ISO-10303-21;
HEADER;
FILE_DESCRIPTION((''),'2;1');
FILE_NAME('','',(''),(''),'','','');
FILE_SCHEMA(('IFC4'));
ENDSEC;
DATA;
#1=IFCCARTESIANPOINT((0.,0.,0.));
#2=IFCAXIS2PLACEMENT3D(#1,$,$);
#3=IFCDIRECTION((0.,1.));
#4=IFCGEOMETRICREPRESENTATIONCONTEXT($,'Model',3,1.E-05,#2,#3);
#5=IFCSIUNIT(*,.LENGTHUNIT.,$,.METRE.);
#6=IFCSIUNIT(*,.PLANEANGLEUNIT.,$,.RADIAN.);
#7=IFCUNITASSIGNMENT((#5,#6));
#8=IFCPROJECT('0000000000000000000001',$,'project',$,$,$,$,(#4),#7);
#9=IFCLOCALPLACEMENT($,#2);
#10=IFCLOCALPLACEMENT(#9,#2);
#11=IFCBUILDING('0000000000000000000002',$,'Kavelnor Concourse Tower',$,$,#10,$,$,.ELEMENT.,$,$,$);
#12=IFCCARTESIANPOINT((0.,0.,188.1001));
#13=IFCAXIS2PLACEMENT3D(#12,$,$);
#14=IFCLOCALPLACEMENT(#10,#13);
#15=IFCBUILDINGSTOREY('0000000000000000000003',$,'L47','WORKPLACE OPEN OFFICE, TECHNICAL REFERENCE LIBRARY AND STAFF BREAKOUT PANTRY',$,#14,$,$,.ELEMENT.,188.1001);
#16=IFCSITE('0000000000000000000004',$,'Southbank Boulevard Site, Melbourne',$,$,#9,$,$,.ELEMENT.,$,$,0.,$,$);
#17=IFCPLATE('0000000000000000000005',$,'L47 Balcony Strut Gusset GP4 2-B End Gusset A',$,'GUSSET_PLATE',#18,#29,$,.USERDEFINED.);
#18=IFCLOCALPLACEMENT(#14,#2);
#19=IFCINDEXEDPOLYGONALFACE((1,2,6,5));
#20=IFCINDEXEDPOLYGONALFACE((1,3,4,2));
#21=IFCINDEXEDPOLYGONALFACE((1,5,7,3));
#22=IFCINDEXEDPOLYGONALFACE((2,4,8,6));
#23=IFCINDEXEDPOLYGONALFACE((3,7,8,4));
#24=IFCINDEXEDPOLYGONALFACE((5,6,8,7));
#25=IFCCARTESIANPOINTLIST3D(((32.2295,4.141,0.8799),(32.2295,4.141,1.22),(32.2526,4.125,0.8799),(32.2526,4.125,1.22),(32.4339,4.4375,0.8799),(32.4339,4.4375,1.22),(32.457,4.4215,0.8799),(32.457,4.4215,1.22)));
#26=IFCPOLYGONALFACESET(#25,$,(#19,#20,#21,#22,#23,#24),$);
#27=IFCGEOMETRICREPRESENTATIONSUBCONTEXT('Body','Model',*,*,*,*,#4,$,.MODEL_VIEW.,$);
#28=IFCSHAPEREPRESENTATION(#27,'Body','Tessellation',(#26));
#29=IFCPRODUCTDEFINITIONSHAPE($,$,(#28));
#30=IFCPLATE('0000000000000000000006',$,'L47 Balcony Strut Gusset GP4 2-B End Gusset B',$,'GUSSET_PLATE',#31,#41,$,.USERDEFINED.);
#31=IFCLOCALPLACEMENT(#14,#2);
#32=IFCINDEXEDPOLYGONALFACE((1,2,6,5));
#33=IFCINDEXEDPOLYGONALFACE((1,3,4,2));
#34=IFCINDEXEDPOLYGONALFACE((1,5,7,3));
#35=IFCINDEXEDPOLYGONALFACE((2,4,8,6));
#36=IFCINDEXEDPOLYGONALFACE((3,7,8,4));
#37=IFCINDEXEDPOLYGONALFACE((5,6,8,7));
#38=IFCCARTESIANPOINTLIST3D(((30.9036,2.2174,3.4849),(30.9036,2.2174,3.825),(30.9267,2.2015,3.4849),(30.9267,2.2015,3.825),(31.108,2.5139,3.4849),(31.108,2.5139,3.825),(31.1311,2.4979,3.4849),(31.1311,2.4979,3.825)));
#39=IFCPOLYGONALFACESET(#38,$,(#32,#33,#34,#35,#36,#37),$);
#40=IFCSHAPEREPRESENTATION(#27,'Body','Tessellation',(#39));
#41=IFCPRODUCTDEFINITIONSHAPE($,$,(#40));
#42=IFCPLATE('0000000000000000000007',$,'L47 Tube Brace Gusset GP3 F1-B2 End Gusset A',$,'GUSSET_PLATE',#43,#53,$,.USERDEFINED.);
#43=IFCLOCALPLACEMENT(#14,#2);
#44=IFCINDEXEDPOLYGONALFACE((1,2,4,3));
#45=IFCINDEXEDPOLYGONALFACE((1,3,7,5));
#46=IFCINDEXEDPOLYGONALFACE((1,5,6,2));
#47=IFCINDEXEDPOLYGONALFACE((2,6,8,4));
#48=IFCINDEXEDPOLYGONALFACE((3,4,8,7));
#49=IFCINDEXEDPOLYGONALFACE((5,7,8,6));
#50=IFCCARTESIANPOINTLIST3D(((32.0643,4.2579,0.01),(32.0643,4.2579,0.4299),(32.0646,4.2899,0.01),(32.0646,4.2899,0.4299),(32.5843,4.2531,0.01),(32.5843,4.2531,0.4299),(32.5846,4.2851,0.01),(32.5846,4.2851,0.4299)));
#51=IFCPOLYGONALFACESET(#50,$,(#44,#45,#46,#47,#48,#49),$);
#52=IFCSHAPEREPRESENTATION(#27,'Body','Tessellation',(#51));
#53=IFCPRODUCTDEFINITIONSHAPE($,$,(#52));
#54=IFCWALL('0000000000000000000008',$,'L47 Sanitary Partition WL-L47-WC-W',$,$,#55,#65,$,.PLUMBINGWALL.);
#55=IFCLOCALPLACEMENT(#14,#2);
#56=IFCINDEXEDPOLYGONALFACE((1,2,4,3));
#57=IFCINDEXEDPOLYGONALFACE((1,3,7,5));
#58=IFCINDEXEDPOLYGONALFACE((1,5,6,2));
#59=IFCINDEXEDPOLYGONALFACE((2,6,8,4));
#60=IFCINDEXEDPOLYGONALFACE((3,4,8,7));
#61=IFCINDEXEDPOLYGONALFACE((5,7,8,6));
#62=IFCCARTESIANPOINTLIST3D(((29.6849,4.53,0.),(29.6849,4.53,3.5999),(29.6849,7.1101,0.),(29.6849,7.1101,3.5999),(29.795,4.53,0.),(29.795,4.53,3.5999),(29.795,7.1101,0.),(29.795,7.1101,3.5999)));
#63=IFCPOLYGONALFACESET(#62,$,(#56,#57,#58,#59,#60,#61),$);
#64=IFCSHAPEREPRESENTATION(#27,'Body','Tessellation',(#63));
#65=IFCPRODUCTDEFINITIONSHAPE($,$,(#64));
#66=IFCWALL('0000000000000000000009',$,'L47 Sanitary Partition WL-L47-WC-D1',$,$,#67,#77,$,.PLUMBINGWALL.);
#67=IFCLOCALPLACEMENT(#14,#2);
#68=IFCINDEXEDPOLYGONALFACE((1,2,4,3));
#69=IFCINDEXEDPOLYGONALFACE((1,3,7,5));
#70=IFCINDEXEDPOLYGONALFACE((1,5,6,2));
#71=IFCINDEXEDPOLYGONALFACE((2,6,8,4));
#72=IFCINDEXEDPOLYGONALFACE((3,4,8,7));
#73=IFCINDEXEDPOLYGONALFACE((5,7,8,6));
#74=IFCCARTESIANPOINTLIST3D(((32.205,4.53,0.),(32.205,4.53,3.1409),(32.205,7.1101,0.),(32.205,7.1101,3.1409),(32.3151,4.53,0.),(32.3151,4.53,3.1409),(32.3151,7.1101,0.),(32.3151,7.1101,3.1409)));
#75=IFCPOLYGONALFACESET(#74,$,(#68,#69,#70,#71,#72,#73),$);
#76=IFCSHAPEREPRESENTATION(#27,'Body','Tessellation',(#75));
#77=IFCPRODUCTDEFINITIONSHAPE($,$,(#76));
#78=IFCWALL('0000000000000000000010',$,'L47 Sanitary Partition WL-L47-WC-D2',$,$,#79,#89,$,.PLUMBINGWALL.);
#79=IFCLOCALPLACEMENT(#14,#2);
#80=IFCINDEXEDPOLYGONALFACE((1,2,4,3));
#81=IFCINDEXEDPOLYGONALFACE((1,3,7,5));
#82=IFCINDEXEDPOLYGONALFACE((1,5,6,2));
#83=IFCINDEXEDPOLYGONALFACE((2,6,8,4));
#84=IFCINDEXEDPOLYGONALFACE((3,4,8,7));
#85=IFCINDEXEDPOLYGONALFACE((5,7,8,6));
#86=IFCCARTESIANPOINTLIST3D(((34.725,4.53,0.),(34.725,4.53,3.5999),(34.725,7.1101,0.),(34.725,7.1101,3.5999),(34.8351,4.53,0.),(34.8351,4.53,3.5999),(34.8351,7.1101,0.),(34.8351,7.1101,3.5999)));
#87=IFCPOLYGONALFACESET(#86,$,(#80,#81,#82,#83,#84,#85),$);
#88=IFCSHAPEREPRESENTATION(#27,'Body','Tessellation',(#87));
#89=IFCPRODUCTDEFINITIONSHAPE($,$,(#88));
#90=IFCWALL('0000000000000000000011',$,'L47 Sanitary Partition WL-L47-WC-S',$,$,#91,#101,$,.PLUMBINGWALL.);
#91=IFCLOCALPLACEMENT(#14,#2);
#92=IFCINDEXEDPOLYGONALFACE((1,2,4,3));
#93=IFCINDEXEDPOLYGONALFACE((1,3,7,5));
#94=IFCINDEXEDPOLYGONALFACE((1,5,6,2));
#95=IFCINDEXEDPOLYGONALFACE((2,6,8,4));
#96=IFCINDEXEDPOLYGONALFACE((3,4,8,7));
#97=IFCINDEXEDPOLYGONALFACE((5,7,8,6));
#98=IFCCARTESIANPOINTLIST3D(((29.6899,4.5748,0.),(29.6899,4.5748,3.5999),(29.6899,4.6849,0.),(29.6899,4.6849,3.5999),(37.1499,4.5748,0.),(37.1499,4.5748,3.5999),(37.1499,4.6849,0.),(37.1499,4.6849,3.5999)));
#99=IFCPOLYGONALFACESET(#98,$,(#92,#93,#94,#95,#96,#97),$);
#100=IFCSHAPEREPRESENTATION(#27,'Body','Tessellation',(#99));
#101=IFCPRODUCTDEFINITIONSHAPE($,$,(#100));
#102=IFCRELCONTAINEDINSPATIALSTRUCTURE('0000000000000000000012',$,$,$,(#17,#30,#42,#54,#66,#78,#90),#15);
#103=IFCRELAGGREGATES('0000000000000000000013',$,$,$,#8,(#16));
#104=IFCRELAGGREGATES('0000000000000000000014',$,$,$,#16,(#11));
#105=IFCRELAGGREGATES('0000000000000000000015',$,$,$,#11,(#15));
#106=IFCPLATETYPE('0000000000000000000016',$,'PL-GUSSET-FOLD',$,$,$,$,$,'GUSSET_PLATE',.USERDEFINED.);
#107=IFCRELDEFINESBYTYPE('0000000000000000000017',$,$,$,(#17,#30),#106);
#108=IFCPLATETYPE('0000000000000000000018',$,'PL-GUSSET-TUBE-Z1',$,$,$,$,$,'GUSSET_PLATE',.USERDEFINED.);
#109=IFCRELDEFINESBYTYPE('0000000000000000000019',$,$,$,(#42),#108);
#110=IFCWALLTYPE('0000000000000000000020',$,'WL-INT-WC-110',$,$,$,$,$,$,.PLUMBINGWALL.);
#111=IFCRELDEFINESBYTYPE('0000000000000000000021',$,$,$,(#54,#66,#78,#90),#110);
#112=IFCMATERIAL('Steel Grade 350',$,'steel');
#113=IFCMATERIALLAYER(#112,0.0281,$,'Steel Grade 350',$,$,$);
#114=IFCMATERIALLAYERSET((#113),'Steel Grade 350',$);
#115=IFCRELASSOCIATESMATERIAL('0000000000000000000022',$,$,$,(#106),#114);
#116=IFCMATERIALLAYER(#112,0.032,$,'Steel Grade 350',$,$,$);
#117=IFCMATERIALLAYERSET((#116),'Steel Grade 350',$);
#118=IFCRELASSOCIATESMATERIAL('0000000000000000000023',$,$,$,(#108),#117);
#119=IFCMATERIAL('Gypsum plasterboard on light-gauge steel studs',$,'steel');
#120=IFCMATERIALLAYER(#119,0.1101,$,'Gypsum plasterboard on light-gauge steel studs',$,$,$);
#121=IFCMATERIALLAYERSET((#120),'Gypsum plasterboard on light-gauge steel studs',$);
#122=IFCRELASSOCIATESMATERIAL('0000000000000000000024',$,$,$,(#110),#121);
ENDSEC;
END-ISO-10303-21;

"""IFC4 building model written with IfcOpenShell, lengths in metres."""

from ifc_helpers import new_model, si_unit, direction, frame, frame_2d, origin, origin_2d, place, context, subcontext, project, spatial, rectangle, extrude, material, layer, layer_set, type_object, element, save


model = new_model("IFC4")

# Units and contexts
model_context = context("Model", 3, precision=1e-05, world=origin(), true_north=direction((0.0, 1.0)))
body_context = subcontext(model_context, "Body", "Model", "MODEL_VIEW")
ifc_project = project(units=[si_unit("LENGTHUNIT", "METRE"), si_unit("PLANEANGLEUNIT", "RADIAN")], contexts=[model_context])

# Site, building, storey
site_placement = place(None, origin())
site = spatial("IfcSite", under=ifc_project, at=site_placement, Name="Southbank Boulevard Site, Melbourne", CompositionType="ELEMENT", RefElevation=0.0)
building_placement = place(site_placement, origin())
building = spatial("IfcBuilding", under=site, at=building_placement, Name="Kavelnor Concourse Tower", CompositionType="ELEMENT")
storey_placement = place(building_placement, frame((0.0, 0.0, 188.1001)))
storey = spatial("IfcBuildingStorey", under=building, at=storey_placement, Name="L47", Description="WORKPLACE OPEN OFFICE, TECHNICAL REFERENCE LIBRARY AND STAFF BREAKOUT PANTRY", CompositionType="ELEMENT", Elevation=188.1001)

# Shared definitions
ifc_material_1 = material(Name="Steel Grade 350", Category="steel")

# Plates
ifc_layer_1 = layer(ifc_material_1, 0.0281, Name="Steel Grade 350")
ifc_layer_set_1 = layer_set([ifc_layer_1], Name="Steel Grade 350")
plate_type_1 = type_object("IfcPlateType", Name="PL-GUSSET-FOLD", ElementType="GUSSET_PLATE", PredefinedType="USERDEFINED", material=ifc_layer_set_1)
for number, where, z_axis, x_axis, name in (
    (1, (32.3433, 4.2812, 0.8799), (0.0, 0.0, 1.0), (-0.567556, -0.823335, 0.0), "L47 Balcony Strut Gusset GP4 2-B End Gusset A"),
    (2, (31.0173, 2.3577, 3.4849), (0.0, 0.0, 1.0), (-0.567556, -0.823335, 0.0), "L47 Balcony Strut Gusset GP4 2-B End Gusset B"),
):
    element("IfcPlate", number, at=place(storey_placement, frame(where, z_axis=z_axis, x_axis=x_axis)), inside=storey, type_object=plate_type_1, Name=name, ObjectType="GUSSET_PLATE", PredefinedType="USERDEFINED", context=body_context, shape_type="SweptSolid", body=[
        extrude(rectangle(XDim=0.3601, YDim=0.0281, at=origin_2d()), origin(), (0.0, 0.0, 1.0), 0.3401),
    ])
ifc_layer_2 = layer(ifc_material_1, 0.032, Name="Steel Grade 350")
ifc_layer_set_2 = layer_set([ifc_layer_2], Name="Steel Grade 350")
plate_type_2 = type_object("IfcPlateType", Name="PL-GUSSET-TUBE-Z1", ElementType="GUSSET_PLATE", PredefinedType="USERDEFINED", material=ifc_layer_set_2)
plate_placement = place(storey_placement, frame((32.3245, 4.2715, 0.01), z_axis=(0.0, 0.0, 1.0), x_axis=(0.999957, -0.00925, 0.0)))
element("IfcPlate", 3, at=plate_placement, inside=storey, type_object=plate_type_2, Name="L47 Tube Brace Gusset GP3 F1-B2 End Gusset A", ObjectType="GUSSET_PLATE", PredefinedType="USERDEFINED", context=body_context, shape_type="SweptSolid", body=[
    extrude(rectangle(XDim=0.52, YDim=0.032, at=origin_2d()), origin(), (0.0, 0.0, 1.0), 0.4199),
])

# Walls
ifc_material_2 = material(Name="Gypsum plasterboard on light-gauge steel studs", Category="steel")
ifc_layer_3 = layer(ifc_material_2, 0.1101, Name="Gypsum plasterboard on light-gauge steel studs")
ifc_layer_set_3 = layer_set([ifc_layer_3], Name="Gypsum plasterboard on light-gauge steel studs")
wall_type = type_object("IfcWallType", Name="WL-INT-WC-110", PredefinedType="PLUMBINGWALL", material=ifc_layer_set_3)
wall_1_placement = place(storey_placement, frame((29.74, 4.53, 0.0), z_axis=(0.0, 0.0, 1.0), x_axis=(0.0, 1.0, 0.0)))
element("IfcWall", 4, at=wall_1_placement, inside=storey, type_object=wall_type, Name="L47 Sanitary Partition WL-L47-WC-W", PredefinedType="PLUMBINGWALL", context=body_context, shape_type="SweptSolid", body=[
    extrude(rectangle(XDim=2.5801, YDim=0.1101, at=frame_2d((1.29, 0.0))), origin(), (0.0, 0.0, 1.0), 3.5999),
])
wall_2_placement = place(storey_placement, frame((32.26, 4.53, 0.0), z_axis=(0.0, 0.0, 1.0), x_axis=(0.0, 1.0, 0.0)))
element("IfcWall", 5, at=wall_2_placement, inside=storey, type_object=wall_type, Name="L47 Sanitary Partition WL-L47-WC-D1", PredefinedType="PLUMBINGWALL", context=body_context, shape_type="SweptSolid", body=[
    extrude(rectangle(XDim=2.5801, YDim=0.1101, at=frame_2d((1.29, 0.0))), origin(), (0.0, 0.0, 1.0), 3.1409),
])
wall_3_placement = place(storey_placement, frame((34.78, 4.53, 0.0), z_axis=(0.0, 0.0, 1.0), x_axis=(0.0, 1.0, 0.0)))
element("IfcWall", 6, at=wall_3_placement, inside=storey, type_object=wall_type, Name="L47 Sanitary Partition WL-L47-WC-D2", PredefinedType="PLUMBINGWALL", context=body_context, shape_type="SweptSolid", body=[
    extrude(rectangle(XDim=2.5801, YDim=0.1101, at=frame_2d((1.29, 0.0))), origin(), (0.0, 0.0, 1.0), 3.5999),
])
wall_4_placement = place(storey_placement, frame((29.6899, 4.6299, 0.0), z_axis=(0.0, 0.0, 1.0), x_axis=(1.0, 0.0, 0.0)))
element("IfcWall", 7, at=wall_4_placement, inside=storey, type_object=wall_type, Name="L47 Sanitary Partition WL-L47-WC-S", PredefinedType="PLUMBINGWALL", context=body_context, shape_type="SweptSolid", body=[
    extrude(rectangle(XDim=7.46, YDim=0.1101, at=frame_2d((3.73, 0.0))), origin(), (0.0, 0.0, 1.0), 3.5999),
])

save(model, "model.ifc")
